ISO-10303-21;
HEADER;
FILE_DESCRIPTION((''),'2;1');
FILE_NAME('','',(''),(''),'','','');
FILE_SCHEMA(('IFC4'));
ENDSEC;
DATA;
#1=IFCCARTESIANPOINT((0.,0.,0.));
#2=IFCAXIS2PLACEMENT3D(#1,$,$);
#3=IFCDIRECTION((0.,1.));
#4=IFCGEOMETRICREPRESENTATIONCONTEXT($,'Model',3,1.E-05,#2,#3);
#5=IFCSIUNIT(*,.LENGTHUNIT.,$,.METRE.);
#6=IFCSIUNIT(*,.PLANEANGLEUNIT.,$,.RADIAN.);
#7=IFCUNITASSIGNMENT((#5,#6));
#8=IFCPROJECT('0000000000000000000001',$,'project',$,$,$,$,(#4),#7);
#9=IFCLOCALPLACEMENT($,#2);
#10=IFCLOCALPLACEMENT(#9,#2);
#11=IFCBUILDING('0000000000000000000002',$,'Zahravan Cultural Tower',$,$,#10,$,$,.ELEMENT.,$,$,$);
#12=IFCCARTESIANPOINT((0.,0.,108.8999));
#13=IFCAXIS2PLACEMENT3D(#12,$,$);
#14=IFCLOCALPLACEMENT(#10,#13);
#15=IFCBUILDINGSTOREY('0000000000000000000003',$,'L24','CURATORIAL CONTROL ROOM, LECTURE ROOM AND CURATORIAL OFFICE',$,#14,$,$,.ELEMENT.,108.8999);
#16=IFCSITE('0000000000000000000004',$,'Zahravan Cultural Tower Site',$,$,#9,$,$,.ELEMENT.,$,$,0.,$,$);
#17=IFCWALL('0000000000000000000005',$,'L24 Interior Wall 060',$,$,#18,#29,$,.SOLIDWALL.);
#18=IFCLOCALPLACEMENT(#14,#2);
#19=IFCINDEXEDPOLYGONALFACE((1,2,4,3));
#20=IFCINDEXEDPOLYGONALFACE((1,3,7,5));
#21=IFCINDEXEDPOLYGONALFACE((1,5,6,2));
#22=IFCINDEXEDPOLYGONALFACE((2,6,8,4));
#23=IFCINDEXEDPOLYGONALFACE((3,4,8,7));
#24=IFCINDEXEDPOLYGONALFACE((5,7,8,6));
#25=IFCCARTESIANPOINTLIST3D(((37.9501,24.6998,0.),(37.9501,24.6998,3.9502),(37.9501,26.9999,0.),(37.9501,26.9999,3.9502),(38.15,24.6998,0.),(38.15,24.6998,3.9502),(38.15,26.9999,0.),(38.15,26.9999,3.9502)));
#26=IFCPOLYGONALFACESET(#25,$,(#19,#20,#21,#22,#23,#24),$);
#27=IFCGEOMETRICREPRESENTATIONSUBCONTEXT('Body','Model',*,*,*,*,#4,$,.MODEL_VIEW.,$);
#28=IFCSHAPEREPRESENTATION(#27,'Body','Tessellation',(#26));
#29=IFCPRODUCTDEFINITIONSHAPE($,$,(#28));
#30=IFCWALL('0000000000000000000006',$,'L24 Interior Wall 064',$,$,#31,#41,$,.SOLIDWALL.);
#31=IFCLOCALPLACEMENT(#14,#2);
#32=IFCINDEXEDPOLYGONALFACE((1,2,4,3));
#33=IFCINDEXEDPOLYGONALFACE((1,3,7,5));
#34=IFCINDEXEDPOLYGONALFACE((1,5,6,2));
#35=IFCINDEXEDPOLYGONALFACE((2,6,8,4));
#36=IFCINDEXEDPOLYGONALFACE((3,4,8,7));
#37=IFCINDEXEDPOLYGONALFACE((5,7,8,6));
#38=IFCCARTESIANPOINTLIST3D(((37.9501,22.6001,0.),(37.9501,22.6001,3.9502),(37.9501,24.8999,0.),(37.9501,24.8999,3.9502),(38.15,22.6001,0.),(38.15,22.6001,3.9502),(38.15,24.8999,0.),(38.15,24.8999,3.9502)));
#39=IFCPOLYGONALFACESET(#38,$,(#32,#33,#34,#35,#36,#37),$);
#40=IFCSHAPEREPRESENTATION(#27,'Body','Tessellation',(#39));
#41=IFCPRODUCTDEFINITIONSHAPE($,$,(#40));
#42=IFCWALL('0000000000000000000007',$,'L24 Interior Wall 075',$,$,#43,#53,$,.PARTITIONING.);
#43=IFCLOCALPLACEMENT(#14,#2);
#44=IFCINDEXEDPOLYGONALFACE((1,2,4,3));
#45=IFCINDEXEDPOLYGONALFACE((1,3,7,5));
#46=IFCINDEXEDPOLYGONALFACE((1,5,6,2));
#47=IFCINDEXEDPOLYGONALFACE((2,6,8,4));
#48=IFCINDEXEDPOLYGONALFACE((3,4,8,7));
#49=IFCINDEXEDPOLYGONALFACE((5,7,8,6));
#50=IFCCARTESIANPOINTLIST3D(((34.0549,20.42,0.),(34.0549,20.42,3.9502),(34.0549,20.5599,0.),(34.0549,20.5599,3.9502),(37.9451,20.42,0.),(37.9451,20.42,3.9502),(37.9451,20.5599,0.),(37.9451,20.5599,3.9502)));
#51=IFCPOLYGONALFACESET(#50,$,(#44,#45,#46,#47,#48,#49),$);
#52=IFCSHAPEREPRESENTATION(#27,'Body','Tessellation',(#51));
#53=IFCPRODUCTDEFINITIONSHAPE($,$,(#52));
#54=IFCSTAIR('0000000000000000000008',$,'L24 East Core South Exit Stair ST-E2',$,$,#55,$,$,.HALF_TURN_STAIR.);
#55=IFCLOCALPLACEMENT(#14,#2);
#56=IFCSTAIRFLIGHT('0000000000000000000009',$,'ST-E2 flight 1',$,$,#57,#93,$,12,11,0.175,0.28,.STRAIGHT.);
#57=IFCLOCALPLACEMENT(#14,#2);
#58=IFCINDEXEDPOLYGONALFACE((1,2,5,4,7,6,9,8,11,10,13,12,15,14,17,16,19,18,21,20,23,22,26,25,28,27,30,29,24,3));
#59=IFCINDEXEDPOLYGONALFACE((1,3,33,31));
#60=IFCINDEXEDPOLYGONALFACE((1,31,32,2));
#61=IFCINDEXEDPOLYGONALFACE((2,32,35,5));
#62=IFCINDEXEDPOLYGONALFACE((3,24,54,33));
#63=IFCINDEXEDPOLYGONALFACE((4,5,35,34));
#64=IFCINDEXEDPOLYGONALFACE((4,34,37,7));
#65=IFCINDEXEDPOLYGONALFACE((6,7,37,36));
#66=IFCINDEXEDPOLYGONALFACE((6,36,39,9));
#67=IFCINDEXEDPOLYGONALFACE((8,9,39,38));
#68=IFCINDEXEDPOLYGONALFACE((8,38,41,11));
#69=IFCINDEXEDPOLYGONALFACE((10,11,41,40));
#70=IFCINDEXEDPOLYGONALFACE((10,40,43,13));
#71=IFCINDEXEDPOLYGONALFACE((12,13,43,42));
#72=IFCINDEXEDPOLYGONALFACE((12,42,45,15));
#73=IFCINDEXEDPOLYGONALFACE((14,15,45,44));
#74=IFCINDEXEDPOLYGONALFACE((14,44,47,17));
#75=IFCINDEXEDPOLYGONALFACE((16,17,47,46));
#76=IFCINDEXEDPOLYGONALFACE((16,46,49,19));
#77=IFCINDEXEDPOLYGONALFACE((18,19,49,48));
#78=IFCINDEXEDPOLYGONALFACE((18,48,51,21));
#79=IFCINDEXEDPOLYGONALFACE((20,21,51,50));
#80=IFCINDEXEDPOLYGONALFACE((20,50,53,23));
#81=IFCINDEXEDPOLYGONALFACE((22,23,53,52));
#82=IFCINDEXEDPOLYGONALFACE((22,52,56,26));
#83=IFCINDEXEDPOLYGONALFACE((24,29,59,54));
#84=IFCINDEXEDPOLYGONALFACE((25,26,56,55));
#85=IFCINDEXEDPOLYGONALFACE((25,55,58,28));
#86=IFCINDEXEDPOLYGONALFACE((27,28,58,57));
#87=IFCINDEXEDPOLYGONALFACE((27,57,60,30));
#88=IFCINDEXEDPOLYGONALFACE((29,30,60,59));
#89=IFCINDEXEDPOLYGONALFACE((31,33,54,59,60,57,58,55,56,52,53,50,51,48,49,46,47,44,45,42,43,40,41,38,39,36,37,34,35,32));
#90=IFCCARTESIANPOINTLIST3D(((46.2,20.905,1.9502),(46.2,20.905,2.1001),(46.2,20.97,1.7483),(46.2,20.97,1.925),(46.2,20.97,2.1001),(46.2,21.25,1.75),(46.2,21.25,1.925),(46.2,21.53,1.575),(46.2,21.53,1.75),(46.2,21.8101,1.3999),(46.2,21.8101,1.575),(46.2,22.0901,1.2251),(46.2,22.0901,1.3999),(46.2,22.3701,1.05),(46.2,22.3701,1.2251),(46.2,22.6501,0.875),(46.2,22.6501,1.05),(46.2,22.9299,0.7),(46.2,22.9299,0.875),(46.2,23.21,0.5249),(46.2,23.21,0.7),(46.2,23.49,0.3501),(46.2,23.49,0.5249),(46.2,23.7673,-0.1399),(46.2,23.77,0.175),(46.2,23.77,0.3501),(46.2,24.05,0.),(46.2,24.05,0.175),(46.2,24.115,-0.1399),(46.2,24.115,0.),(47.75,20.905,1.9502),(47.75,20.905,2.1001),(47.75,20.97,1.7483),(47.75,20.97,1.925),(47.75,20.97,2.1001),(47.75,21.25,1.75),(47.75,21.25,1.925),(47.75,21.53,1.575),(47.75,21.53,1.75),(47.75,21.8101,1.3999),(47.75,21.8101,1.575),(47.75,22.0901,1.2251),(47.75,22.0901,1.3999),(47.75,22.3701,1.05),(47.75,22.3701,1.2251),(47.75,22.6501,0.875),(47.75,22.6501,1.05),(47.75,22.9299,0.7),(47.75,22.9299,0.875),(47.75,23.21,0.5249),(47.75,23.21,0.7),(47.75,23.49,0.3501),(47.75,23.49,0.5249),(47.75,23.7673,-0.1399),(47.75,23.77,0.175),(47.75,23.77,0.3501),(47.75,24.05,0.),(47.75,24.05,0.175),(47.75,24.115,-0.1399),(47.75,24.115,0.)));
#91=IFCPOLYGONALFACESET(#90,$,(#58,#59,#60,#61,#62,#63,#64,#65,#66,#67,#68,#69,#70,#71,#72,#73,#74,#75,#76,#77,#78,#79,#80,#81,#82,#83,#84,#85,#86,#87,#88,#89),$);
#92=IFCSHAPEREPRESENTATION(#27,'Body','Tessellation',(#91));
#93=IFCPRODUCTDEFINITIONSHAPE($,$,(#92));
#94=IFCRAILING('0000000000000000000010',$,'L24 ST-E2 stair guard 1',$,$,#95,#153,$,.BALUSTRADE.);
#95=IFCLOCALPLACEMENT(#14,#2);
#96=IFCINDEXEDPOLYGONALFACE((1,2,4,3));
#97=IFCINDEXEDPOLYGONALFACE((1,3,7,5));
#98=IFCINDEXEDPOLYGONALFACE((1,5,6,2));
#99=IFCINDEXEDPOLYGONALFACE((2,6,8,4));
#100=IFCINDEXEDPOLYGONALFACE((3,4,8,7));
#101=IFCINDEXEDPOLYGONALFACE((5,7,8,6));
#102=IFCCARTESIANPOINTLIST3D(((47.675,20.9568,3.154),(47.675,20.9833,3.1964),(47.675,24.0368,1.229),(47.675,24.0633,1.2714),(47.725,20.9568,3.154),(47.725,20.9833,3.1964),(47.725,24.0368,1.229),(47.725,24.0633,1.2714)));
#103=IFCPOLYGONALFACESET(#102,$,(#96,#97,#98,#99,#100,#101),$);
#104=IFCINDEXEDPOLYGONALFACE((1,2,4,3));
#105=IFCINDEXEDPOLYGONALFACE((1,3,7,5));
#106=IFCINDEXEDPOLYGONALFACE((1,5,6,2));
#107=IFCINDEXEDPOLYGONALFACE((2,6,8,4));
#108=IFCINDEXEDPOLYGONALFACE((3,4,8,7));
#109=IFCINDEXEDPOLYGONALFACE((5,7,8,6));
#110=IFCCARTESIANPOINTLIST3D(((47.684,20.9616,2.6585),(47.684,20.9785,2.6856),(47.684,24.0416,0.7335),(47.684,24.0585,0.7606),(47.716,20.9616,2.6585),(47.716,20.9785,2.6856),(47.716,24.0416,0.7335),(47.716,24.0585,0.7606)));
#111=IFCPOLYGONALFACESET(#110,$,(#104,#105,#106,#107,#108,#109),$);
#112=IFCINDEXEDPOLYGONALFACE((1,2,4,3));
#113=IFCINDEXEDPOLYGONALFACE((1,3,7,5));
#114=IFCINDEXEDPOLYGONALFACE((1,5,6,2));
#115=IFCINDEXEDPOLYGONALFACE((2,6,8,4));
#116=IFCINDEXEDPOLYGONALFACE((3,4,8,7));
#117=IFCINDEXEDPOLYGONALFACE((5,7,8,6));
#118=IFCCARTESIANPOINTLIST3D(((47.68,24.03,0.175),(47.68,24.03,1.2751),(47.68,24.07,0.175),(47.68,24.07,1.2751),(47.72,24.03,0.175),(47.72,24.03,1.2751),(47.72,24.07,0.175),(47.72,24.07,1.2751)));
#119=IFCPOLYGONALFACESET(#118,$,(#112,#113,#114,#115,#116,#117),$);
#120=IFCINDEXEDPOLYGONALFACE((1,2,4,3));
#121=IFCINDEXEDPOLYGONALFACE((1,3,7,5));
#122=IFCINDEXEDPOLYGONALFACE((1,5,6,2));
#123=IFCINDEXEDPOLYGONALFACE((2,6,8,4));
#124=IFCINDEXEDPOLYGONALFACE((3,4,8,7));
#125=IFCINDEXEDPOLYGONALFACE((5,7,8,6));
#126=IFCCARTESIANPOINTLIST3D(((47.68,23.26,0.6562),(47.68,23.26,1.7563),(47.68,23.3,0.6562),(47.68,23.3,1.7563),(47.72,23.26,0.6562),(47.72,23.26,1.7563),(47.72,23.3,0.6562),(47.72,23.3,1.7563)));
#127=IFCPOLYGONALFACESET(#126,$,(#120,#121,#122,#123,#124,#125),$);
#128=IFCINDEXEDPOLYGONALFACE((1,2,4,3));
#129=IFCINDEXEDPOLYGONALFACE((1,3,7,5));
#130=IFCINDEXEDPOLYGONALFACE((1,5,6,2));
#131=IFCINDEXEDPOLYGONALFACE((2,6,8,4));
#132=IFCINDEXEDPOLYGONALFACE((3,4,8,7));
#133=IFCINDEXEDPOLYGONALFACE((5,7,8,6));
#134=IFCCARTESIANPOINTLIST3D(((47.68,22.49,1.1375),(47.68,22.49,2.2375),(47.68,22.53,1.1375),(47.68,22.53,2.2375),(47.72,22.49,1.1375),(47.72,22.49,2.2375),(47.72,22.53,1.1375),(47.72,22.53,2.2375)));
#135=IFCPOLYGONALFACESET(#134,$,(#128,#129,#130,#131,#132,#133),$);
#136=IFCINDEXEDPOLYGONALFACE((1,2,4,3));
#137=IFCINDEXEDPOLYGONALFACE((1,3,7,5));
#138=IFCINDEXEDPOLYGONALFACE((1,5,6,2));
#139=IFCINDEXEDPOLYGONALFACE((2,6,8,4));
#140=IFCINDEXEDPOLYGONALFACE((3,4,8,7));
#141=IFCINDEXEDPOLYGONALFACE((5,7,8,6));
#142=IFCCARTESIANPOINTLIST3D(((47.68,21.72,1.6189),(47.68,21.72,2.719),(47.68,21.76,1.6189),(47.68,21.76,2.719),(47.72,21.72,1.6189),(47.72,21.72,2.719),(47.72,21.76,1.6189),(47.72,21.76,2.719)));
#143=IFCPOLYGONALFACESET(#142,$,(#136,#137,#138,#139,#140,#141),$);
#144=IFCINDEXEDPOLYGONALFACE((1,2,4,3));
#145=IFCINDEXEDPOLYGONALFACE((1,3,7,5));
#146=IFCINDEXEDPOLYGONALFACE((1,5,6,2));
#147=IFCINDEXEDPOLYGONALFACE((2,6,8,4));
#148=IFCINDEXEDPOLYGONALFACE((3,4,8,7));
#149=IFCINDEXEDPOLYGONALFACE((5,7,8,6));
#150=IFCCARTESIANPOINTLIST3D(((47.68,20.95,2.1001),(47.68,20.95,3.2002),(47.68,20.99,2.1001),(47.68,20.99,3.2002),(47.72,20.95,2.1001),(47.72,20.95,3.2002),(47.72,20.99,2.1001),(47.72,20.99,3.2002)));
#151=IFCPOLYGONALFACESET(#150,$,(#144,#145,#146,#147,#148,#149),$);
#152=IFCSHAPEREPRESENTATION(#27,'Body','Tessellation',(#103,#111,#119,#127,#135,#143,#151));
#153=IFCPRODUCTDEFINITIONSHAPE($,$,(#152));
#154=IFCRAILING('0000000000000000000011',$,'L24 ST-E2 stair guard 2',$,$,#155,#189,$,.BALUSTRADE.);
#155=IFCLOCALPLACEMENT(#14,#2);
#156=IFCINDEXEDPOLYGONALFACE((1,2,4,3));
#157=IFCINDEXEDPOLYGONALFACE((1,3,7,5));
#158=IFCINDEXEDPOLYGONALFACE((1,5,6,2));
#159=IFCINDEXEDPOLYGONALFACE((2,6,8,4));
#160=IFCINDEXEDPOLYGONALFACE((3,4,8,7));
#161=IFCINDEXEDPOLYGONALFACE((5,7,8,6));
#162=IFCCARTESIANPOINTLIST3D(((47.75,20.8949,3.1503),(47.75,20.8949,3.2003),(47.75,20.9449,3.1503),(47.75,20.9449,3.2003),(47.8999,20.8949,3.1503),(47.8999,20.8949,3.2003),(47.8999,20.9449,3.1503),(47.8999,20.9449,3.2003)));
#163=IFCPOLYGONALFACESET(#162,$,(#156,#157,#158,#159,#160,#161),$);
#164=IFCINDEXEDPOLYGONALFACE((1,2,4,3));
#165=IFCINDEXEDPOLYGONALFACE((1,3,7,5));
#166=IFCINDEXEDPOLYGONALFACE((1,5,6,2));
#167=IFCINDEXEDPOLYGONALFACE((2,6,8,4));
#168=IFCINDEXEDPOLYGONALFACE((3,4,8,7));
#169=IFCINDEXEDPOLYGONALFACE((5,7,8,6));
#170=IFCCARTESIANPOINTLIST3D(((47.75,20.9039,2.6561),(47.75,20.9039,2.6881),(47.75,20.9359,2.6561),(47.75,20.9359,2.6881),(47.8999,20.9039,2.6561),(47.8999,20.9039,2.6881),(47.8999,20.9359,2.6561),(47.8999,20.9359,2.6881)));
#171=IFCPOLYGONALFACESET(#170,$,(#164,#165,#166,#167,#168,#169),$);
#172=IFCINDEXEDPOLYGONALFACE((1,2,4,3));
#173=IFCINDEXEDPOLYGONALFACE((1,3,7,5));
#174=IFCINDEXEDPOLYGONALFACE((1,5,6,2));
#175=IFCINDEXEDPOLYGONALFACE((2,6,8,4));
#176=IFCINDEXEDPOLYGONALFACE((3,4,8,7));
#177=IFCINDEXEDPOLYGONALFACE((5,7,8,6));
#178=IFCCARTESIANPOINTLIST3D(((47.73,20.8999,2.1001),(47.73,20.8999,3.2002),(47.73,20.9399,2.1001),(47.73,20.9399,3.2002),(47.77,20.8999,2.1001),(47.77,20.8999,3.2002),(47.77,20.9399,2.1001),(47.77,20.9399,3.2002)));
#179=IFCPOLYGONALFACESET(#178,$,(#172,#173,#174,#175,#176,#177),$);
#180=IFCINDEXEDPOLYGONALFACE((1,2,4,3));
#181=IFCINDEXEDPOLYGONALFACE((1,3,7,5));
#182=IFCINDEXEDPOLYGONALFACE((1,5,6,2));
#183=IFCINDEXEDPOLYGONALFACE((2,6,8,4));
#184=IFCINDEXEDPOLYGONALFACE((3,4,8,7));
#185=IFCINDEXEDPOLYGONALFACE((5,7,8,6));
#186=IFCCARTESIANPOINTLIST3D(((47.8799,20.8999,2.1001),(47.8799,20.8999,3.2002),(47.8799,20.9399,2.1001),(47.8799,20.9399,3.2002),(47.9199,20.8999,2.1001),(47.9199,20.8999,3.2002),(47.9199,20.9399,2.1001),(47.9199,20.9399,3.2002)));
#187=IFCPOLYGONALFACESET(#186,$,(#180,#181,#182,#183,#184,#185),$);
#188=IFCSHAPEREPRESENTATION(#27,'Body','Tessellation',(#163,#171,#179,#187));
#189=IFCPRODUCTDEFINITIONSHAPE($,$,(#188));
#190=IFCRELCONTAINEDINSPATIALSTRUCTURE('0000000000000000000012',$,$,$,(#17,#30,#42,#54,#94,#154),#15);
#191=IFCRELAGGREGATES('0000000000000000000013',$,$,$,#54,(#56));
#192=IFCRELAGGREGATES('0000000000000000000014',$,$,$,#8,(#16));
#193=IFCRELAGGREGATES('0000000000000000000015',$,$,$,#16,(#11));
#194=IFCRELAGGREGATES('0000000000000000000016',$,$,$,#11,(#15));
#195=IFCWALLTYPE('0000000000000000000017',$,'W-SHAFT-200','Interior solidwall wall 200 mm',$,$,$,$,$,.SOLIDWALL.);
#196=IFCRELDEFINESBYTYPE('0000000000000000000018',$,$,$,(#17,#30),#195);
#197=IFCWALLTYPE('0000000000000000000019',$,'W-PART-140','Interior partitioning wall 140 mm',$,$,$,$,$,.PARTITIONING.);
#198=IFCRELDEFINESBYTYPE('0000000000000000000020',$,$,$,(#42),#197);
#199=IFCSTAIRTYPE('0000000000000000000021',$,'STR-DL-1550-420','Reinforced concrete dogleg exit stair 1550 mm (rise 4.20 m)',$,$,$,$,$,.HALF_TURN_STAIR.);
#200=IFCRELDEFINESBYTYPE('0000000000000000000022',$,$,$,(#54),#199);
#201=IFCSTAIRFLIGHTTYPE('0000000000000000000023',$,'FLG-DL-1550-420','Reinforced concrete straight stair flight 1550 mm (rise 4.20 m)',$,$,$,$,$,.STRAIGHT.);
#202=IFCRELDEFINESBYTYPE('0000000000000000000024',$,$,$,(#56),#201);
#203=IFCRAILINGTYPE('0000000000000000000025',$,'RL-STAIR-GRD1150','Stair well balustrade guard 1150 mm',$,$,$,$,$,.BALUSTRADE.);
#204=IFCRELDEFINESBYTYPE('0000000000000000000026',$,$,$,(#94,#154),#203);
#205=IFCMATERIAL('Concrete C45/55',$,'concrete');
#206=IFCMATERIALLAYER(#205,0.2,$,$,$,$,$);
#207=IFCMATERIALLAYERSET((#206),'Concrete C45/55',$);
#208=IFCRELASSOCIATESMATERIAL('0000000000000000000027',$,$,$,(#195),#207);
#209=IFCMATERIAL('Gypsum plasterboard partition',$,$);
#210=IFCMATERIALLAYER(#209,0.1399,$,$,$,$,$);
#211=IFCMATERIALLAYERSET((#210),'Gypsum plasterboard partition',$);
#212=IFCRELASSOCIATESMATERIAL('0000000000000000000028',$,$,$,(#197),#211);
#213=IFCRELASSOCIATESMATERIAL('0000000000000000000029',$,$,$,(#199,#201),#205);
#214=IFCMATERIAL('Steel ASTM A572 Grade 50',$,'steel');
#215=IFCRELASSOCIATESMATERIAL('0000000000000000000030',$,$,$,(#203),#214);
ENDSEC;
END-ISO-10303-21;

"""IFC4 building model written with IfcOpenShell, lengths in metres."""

from ifc_helpers import new_model, si_unit, direction, frame, frame_2d, origin, origin_2d, place, context, subcontext, project, spatial, polyline, rectangle, outline, extrude, source, transform, mapped, material, layer, layer_set, type_object, element, aggregate, save


model = new_model("IFC4")

# Units and contexts
model_context = context("Model", 3, precision=1e-05, world=origin(), true_north=direction((0.0, 1.0)))
body_context = subcontext(model_context, "Body", "Model", "MODEL_VIEW")
ifc_project = project(units=[si_unit("LENGTHUNIT", "METRE"), si_unit("PLANEANGLEUNIT", "RADIAN")], contexts=[model_context])

# Site, building, storey
site_placement = place(None, origin())
site = spatial("IfcSite", under=ifc_project, at=site_placement, Name="Zahravan Cultural Tower Site", CompositionType="ELEMENT", RefElevation=0.0)
building_placement = place(site_placement, origin())
building = spatial("IfcBuilding", under=site, at=building_placement, Name="Zahravan Cultural Tower", CompositionType="ELEMENT")
storey_placement = place(building_placement, frame((0.0, 0.0, 108.8999)))
storey = spatial("IfcBuildingStorey", under=building, at=storey_placement, Name="L24", Description="CURATORIAL CONTROL ROOM, LECTURE ROOM AND CURATORIAL OFFICE", CompositionType="ELEMENT", Elevation=108.8999)

# Shared definitions
ifc_material_1 = material(Name="Steel ASTM A572 Grade 50", Category="steel")
ifc_material_2 = material(Name="Concrete C45/55", Category="concrete")
ifc_layer_1 = layer(ifc_material_2, 0.2)
ifc_layer_set_1 = layer_set([ifc_layer_1], Name="Concrete C45/55")
wall_type_1 = type_object("IfcWallType", Name="W-SHAFT-200", Description="Interior solidwall wall 200 mm", PredefinedType="SOLIDWALL", material=ifc_layer_set_1)

# Walls
shared_shape_1 = source(origin(), body_context, "Body", "SweptSolid", [
    extrude(rectangle(XDim=2.3, YDim=0.2, at=frame_2d((1.1499, 0.0))), origin(), (0.0, 0.0, 1.0), 3.9502),
])
wall_1_placement = place(storey_placement, frame((38.05, 24.7, 0.0), z_axis=(0.0, 0.0, 1.0), x_axis=(0.0, 1.0, 0.0)))
element("IfcWall", 1, at=wall_1_placement, inside=storey, type_object=wall_type_1, Name="L24 Interior Wall 060", PredefinedType="SOLIDWALL", context=body_context, shape_type="MappedRepresentation", body=[
    mapped(shared_shape_1, transform((0.0, 0.0, 0.0), x_axis=(1.0, 0.0, 0.0), y_axis=(0.0, 1.0, 0.0), z_axis=(0.0, 0.0, 1.0), scale=1.0)),
])
shared_shape_2 = source(origin(), body_context, "Body", "SweptSolid", [
    extrude(rectangle(XDim=2.2998, YDim=0.2, at=frame_2d((1.1499, 0.0))), origin(), (0.0, 0.0, 1.0), 3.9502),
])
wall_2_placement = place(storey_placement, frame((38.05, 22.6001, 0.0), z_axis=(0.0, 0.0, 1.0), x_axis=(0.0, 1.0, 0.0)))
element("IfcWall", 2, at=wall_2_placement, inside=storey, type_object=wall_type_1, Name="L24 Interior Wall 064", PredefinedType="SOLIDWALL", context=body_context, shape_type="MappedRepresentation", body=[
    mapped(shared_shape_2, transform((0.0, 0.0, 0.0), x_axis=(1.0, 0.0, 0.0), y_axis=(0.0, 1.0, 0.0), z_axis=(0.0, 0.0, 1.0), scale=1.0)),
])
ifc_material_3 = material(Name="Gypsum plasterboard partition")
ifc_layer_2 = layer(ifc_material_3, 0.1399)
ifc_layer_set_2 = layer_set([ifc_layer_2], Name="Gypsum plasterboard partition")
wall_type_2 = type_object("IfcWallType", Name="W-PART-140", Description="Interior partitioning wall 140 mm", PredefinedType="PARTITIONING", material=ifc_layer_set_2)
shared_shape_3 = source(origin(), body_context, "Body", "SweptSolid", [
    extrude(rectangle(XDim=3.8901, YDim=0.1399, at=frame_2d((1.9451, 0.0))), origin(), (0.0, 0.0, 1.0), 3.9502),
])
wall_3_placement = place(storey_placement, frame((37.9451, 20.49, 0.0), z_axis=(0.0, 0.0, 1.0), x_axis=(-1.0, 0.0, 0.0)))
element("IfcWall", 3, at=wall_3_placement, inside=storey, type_object=wall_type_2, Name="L24 Interior Wall 075", PredefinedType="PARTITIONING", context=body_context, shape_type="MappedRepresentation", body=[
    mapped(shared_shape_3, transform((0.0, 0.0, 0.0), x_axis=(1.0, 0.0, 0.0), y_axis=(0.0, 1.0, 0.0), z_axis=(0.0, 0.0, 1.0), scale=1.0)),
])

# Stair, stair flight
stair_type = type_object("IfcStairType", Name="STR-DL-1550-420", Description="Reinforced concrete dogleg exit stair 1550 mm (rise 4.20 m)", PredefinedType="HALF_TURN_STAIR", material=ifc_material_2)
stair_placement = place(storey_placement, origin())
stair = element("IfcStair", 4, at=stair_placement, inside=storey, type_object=stair_type, Name="L24 East Core South Exit Stair ST-E2", PredefinedType="HALF_TURN_STAIR")
stair_flight_type = type_object("IfcStairFlightType", Name="FLG-DL-1550-420", Description="Reinforced concrete straight stair flight 1550 mm (rise 4.20 m)", PredefinedType="STRAIGHT", material=ifc_material_2)
stair_flight_placement = place(storey_placement, frame((46.9751, 24.05, 0.0), z_axis=(0.0, 0.0, 1.0), x_axis=(0.0, -1.0, 0.0)))
stair_flight = element("IfcStairFlight", 5, at=stair_flight_placement, type_object=stair_flight_type, Name="ST-E2 flight 1", NumberOfRisers=12, NumberOfTreads=11, PredefinedType="STRAIGHT", RiserHeight=0.175, TreadLength=0.28, context=body_context, shape_type="SweptSolid", body=[
    extrude(outline(polyline([(-0.0649, -0.1399), (-0.0649, 0.0), (0.0, 0.0), (0.0, 0.175), (0.28, 0.175), (0.28, 0.3501), (0.5601, 0.3501), (0.5601, 0.5249), (0.8401, 0.5249), (0.8401, 0.7), (1.1201, 0.7), (1.1201, 0.875), (1.3999, 0.875), (1.3999, 1.05), (1.6799, 1.05), (1.6799, 1.2251), (1.96, 1.2251), (1.96, 1.3999), (2.24, 1.3999), (2.24, 1.575), (2.52, 1.575), (2.52, 1.75), (2.8, 1.75), (2.8, 1.925), (3.0801, 1.925), (3.0801, 2.1001), (3.145, 2.1001), (3.145, 1.9502), (3.0801, 1.7483), (0.2827, -0.1399), (-0.0649, -0.1399)])), frame((0.0, 0.7749, 0.0), z_axis=(0.0, -1.0, 0.0), x_axis=(1.0, 0.0, 0.0)), (0.0, 0.0, 1.0), 1.55),
])
aggregate(stair, [stair_flight])

# Railings
railing_type_1 = type_object("IfcRailingType", Name="RL-STAIR-GRD1150", Description="Stair well balustrade guard 1150 mm", PredefinedType="BALUSTRADE", material=ifc_material_1)
railing_1_placement = place(storey_placement, frame((47.7, 24.05, 0.175)))
element("IfcRailing", 6, at=railing_1_placement, inside=storey, type_object=railing_type_1, Name="L24 ST-E2 stair guard 1", PredefinedType="BALUSTRADE", context=body_context, shape_type="SweptSolid", body=[
    extrude(rectangle(XDim=0.05, YDim=0.05, at=origin_2d()), frame((0.0, 0.0, 1.0752), z_axis=(0.0, -0.847998, 0.529999), x_axis=(1.0, 0.0, 0.0)), (0.0, 0.0, 1.0), 3.6321),
    extrude(rectangle(XDim=0.032, YDim=0.032, at=origin_2d()), frame((0.0, 0.0, 0.572), z_axis=(0.0, -0.847998, 0.529999), x_axis=(1.0, 0.0, 0.0)), (0.0, 0.0, 1.0), 3.6321),
    extrude(rectangle(XDim=0.04, YDim=0.04, at=origin_2d()), origin(), (0.0, 0.0, 1.0), 1.1001),
    extrude(rectangle(XDim=0.04, YDim=0.04, at=origin_2d()), frame((0.0, -0.77, 0.4812)), (0.0, 0.0, 1.0), 1.1001),
    extrude(rectangle(XDim=0.04, YDim=0.04, at=origin_2d()), frame((0.0, -1.54, 0.9624)), (0.0, 0.0, 1.0), 1.1001),
    extrude(rectangle(XDim=0.04, YDim=0.04, at=origin_2d()), frame((0.0, -2.3101, 1.4438)), (0.0, 0.0, 1.0), 1.1001),
    extrude(rectangle(XDim=0.04, YDim=0.04, at=origin_2d()), frame((0.0, -3.0801, 1.925)), (0.0, 0.0, 1.0), 1.1001),
])
railing_2_placement = place(storey_placement, frame((47.75, 20.9199, 2.1001)))
element("IfcRailing", 7, at=railing_2_placement, inside=storey, type_object=railing_type_1, Name="L24 ST-E2 stair guard 2", PredefinedType="BALUSTRADE", context=body_context, shape_type="SweptSolid", body=[
    extrude(rectangle(XDim=0.05, YDim=0.05, at=origin_2d()), frame((0.0, 0.0, 1.0752), z_axis=(1.0, 0.0, 0.0), x_axis=(0.0, 1.0, 0.0)), (0.0, 0.0, 1.0), 0.1499),
    extrude(rectangle(XDim=0.032, YDim=0.032, at=origin_2d()), frame((0.0, 0.0, 0.572), z_axis=(1.0, 0.0, 0.0), x_axis=(0.0, 1.0, 0.0)), (0.0, 0.0, 1.0), 0.1499),
    extrude(rectangle(XDim=0.04, YDim=0.04, at=origin_2d()), origin(), (0.0, 0.0, 1.0), 1.1001),
    extrude(rectangle(XDim=0.04, YDim=0.04, at=origin_2d()), frame((0.1499, 0.0, 0.0)), (0.0, 0.0, 1.0), 1.1001),
])

save(model, "model.ifc")
